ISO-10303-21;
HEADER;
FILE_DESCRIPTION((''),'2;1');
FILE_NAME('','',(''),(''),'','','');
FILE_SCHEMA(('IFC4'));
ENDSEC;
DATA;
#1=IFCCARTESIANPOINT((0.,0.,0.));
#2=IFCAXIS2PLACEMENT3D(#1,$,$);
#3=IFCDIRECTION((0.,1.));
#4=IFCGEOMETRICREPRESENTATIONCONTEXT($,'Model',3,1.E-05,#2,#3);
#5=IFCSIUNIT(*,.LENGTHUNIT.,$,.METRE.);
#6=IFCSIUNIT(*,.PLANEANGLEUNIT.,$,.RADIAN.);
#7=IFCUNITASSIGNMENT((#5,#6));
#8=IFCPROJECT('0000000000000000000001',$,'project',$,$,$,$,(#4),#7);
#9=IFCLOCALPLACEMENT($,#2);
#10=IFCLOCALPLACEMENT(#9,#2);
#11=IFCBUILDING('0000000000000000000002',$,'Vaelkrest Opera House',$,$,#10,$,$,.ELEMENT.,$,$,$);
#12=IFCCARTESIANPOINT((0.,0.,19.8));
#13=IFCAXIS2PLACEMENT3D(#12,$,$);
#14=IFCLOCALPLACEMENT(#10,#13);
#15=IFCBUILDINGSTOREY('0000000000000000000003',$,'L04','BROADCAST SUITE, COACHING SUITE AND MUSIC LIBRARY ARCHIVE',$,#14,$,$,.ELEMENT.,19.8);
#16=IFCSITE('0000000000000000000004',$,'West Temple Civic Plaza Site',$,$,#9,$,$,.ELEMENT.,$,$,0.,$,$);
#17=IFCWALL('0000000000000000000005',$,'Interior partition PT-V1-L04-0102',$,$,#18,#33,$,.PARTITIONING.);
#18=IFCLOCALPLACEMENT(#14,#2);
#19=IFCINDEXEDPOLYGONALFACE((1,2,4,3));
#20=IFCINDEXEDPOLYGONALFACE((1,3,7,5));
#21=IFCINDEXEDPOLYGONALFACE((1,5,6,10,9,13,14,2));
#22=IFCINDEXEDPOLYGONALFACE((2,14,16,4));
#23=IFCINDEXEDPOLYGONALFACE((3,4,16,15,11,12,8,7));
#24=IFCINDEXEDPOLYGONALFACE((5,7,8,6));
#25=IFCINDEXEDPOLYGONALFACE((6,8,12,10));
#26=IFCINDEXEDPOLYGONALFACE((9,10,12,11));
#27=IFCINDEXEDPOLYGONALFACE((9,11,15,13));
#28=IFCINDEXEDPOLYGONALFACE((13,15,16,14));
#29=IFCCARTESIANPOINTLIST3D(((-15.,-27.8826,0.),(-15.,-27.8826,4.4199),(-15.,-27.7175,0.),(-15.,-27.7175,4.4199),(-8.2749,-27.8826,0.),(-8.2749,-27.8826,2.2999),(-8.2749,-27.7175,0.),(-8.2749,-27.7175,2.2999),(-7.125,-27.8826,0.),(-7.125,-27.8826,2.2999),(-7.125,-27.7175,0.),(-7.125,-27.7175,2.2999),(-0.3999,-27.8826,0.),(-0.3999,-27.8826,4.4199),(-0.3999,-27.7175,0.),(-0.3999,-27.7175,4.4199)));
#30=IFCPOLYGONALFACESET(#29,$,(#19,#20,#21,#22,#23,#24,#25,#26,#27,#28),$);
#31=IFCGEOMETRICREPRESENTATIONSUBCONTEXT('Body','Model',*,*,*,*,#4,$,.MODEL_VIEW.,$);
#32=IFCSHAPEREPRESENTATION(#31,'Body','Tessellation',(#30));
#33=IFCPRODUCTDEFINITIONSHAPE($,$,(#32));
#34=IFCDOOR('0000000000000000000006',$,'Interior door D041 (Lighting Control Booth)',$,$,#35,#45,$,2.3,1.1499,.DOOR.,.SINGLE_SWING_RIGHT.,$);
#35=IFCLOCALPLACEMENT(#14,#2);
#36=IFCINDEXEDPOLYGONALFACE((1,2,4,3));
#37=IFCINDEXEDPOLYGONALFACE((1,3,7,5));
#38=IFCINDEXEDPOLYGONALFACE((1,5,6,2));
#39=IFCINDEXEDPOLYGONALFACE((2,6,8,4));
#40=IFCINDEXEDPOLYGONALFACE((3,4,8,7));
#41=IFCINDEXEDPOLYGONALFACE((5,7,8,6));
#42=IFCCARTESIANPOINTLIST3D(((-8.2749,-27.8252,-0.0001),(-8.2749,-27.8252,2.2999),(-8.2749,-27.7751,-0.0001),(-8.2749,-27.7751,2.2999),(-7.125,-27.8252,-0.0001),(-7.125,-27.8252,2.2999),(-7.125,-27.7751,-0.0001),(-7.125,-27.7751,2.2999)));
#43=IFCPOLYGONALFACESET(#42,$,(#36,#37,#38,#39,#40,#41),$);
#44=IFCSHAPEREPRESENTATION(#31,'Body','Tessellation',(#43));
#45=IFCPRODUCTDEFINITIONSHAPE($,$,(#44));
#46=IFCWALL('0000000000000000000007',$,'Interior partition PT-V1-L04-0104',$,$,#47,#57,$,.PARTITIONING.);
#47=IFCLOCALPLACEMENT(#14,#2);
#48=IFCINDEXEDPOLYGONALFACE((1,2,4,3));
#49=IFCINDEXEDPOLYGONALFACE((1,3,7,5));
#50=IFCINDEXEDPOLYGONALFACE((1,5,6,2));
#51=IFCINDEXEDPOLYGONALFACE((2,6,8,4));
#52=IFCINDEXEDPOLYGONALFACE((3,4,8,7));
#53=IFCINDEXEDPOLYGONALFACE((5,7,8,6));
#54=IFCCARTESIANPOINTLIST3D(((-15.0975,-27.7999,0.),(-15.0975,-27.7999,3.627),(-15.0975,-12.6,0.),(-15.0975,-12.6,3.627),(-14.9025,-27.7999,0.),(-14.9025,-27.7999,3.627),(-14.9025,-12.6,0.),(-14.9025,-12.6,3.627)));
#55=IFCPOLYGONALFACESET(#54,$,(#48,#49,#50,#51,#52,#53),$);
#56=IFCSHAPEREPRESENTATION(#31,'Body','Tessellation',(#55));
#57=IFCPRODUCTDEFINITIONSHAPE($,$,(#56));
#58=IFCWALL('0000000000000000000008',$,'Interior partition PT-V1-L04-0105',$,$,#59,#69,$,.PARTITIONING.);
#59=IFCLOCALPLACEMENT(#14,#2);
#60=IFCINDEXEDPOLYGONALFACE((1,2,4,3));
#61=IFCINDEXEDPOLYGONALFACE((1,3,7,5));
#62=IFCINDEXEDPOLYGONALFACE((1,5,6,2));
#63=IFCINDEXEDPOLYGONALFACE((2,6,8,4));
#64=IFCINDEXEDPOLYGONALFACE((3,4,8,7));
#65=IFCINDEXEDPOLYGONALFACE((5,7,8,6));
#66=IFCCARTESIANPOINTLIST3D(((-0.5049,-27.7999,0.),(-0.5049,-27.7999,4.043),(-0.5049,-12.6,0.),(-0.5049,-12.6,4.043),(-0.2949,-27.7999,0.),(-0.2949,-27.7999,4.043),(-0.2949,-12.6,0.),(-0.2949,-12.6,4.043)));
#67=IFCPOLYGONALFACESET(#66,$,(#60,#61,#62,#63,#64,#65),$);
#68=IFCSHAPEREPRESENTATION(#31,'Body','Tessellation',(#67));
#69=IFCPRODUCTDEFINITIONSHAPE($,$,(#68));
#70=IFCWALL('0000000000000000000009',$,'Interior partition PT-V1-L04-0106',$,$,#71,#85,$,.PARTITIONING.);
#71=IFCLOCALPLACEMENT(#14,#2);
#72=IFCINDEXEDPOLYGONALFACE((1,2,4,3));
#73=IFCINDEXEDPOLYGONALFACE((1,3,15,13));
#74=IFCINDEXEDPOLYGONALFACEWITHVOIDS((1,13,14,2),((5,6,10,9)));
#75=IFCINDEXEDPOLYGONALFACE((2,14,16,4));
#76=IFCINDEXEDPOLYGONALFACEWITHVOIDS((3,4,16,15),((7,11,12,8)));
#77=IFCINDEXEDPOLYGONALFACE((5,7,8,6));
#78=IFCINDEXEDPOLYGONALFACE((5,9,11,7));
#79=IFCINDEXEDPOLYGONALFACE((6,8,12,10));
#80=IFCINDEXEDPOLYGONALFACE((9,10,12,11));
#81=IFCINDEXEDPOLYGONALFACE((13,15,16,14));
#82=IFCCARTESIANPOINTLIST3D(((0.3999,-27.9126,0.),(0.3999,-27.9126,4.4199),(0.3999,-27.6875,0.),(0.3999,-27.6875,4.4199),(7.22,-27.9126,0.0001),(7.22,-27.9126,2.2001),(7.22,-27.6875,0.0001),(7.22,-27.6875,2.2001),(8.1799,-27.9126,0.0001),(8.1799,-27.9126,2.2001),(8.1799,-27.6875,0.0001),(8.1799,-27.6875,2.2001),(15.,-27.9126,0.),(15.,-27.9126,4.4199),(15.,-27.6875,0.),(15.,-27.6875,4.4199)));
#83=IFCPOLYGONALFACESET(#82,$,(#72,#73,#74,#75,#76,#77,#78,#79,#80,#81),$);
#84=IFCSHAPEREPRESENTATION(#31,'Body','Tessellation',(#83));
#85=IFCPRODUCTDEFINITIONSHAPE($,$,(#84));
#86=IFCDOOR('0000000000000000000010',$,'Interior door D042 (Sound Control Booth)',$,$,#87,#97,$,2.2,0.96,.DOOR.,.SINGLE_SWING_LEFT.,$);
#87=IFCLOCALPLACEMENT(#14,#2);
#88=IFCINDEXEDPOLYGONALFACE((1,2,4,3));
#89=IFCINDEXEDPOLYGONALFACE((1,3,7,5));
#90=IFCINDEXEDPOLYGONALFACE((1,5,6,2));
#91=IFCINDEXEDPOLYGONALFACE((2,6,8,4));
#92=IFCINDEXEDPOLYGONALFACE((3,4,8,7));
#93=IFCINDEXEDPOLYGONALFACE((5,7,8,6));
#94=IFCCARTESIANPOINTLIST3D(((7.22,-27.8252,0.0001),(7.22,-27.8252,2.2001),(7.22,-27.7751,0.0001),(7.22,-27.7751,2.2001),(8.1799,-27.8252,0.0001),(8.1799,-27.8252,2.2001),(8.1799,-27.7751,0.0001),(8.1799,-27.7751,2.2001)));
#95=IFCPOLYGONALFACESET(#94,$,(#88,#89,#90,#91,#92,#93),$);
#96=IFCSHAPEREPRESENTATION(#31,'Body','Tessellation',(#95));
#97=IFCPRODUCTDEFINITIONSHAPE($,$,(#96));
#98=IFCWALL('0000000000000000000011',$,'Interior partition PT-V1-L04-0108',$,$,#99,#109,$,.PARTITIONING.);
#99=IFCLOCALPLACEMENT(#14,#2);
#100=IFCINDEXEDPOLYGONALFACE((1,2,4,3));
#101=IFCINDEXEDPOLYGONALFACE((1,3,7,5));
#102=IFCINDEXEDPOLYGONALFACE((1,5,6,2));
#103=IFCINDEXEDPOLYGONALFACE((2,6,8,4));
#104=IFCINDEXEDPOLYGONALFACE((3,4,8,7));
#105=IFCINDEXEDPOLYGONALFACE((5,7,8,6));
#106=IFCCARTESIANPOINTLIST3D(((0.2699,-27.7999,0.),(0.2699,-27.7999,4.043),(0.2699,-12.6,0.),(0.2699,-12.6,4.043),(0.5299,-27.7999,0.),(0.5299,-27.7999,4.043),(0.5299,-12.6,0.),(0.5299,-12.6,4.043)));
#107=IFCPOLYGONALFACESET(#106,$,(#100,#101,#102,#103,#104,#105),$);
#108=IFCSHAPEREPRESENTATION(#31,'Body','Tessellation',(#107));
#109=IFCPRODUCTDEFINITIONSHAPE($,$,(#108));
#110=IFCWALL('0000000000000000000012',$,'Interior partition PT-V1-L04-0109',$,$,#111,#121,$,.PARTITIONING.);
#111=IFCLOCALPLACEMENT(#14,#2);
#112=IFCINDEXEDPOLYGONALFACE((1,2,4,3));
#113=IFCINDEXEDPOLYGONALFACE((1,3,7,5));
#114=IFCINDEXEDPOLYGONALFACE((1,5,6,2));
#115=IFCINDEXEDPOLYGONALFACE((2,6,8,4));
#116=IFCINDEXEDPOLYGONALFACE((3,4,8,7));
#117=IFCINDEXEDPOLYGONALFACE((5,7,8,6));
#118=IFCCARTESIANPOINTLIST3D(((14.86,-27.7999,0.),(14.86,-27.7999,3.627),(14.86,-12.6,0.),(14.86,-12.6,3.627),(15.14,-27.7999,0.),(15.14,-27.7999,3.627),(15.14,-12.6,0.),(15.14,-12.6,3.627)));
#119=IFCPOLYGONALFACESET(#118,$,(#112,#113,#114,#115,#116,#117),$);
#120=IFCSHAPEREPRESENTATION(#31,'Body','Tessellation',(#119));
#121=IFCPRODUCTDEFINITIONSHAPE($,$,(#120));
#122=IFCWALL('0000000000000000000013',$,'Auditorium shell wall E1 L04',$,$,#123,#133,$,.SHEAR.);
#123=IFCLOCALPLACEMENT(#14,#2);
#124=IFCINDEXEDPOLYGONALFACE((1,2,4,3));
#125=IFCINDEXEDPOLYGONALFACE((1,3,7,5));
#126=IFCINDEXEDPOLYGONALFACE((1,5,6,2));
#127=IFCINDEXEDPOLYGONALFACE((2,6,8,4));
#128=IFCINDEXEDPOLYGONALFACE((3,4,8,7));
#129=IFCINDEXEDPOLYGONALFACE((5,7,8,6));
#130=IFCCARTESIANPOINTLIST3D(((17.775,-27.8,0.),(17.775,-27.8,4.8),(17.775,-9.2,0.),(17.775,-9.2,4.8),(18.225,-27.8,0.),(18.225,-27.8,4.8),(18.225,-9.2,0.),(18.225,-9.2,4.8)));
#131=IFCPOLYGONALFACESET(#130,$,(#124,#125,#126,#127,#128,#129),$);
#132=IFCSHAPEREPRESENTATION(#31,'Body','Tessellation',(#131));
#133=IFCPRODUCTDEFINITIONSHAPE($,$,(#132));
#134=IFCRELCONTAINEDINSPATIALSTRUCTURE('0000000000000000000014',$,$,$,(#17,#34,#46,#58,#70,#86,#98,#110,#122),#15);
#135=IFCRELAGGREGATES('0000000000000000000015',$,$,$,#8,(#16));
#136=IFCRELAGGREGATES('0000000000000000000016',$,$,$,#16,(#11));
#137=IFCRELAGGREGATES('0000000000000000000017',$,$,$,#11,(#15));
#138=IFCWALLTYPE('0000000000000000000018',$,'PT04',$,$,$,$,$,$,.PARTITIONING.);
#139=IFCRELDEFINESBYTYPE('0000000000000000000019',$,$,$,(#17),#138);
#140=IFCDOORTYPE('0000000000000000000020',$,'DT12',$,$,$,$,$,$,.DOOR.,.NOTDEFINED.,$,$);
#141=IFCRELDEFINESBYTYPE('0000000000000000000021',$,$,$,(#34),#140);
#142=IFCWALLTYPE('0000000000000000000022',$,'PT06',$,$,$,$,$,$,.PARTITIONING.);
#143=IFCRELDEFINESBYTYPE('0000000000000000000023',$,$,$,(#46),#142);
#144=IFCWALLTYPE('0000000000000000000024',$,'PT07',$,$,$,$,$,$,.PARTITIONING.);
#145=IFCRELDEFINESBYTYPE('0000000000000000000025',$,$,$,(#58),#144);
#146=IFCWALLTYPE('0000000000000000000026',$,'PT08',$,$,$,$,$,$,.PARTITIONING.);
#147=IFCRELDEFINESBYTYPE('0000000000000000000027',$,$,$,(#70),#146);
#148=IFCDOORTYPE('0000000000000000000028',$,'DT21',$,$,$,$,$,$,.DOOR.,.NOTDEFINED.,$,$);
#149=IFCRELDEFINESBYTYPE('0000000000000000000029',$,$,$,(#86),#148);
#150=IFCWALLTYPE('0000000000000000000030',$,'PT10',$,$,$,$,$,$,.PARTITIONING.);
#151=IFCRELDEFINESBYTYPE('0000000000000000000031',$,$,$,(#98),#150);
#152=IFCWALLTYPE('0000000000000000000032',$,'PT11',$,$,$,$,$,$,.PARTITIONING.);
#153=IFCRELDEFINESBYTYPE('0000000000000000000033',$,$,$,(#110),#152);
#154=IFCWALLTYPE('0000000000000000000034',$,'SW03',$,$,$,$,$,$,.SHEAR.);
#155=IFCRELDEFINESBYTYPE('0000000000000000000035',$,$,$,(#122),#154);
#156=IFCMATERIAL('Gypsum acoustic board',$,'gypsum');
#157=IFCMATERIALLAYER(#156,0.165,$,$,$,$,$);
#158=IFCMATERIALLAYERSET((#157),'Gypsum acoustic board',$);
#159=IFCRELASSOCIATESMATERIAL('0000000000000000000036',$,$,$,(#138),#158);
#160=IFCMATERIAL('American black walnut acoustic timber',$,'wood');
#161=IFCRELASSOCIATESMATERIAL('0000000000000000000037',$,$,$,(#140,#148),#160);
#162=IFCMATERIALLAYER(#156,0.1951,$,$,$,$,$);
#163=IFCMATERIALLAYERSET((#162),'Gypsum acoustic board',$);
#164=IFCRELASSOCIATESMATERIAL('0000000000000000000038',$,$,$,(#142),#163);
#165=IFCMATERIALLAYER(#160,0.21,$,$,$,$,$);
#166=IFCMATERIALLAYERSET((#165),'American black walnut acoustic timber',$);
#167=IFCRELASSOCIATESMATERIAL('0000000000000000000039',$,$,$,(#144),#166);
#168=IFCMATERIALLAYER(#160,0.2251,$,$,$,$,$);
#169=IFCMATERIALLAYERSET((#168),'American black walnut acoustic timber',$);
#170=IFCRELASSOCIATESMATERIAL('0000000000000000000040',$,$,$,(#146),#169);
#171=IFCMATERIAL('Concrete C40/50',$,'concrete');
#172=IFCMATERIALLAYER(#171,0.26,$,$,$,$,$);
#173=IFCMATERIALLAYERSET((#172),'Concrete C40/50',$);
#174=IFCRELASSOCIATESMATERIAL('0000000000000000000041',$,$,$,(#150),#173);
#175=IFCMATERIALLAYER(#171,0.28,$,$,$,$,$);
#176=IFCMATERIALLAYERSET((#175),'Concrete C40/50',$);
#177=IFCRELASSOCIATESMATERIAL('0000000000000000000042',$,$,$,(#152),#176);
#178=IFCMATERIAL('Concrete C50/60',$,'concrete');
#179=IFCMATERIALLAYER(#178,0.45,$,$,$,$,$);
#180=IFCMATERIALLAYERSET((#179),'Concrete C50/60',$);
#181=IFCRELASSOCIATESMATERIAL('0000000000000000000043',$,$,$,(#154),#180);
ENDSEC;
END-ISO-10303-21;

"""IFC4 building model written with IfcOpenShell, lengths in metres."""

from ifc_helpers import new_model, si_unit, direction, frame, frame_2d, origin, place, context, subcontext, project, spatial, rectangle, extrude, material, layer, layer_set, type_object, element, fill, save


model = new_model("IFC4")

# Units and contexts
model_context = context("Model", 3, precision=1e-05, world=origin(), true_north=direction((0.0, 1.0)))
body_context = subcontext(model_context, "Body", "Model", "MODEL_VIEW")
ifc_project = project(units=[si_unit("LENGTHUNIT", "METRE"), si_unit("PLANEANGLEUNIT", "RADIAN")], contexts=[model_context])

# Site, building, storey
site_placement = place(None, origin())
site = spatial("IfcSite", under=ifc_project, at=site_placement, Name="West Temple Civic Plaza Site", CompositionType="ELEMENT", RefElevation=0.0)
building_placement = place(site_placement, origin())
building = spatial("IfcBuilding", under=site, at=building_placement, Name="Vaelkrest Opera House", CompositionType="ELEMENT")
storey_placement = place(building_placement, frame((0.0, 0.0, 19.8)))
storey = spatial("IfcBuildingStorey", under=building, at=storey_placement, Name="L04", Description="BROADCAST SUITE, COACHING SUITE AND MUSIC LIBRARY ARCHIVE", CompositionType="ELEMENT", Elevation=19.8)

# Shared definitions
ifc_material_1 = material(Name="Concrete C50/60", Category="concrete")

# Wall, opening, door
ifc_material_2 = material(Name="Gypsum acoustic board", Category="gypsum")
ifc_layer_1 = layer(ifc_material_2, 0.165)
ifc_layer_set_1 = layer_set([ifc_layer_1], Name="Gypsum acoustic board")
wall_type_1 = type_object("IfcWallType", Name="PT04", PredefinedType="PARTITIONING", material=ifc_layer_set_1)
wall_1_placement = place(storey_placement, frame((-15.0, -27.8, 0.0), z_axis=(0.0, 0.0, 1.0), x_axis=(1.0, 0.0, 0.0)))
wall_1 = element("IfcWall", 1, at=wall_1_placement, inside=storey, type_object=wall_type_1, Name="Interior partition PT-V1-L04-0102", PredefinedType="PARTITIONING", context=body_context, shape_type="SweptSolid", body=[
    extrude(rectangle(XDim=14.6001, YDim=0.165, at=frame_2d((7.3, 0.0))), origin(), (0.0, 0.0, 1.0), 4.4199),
])
opening_1_placement = place(wall_1_placement, frame((6.7251, 0.0, 0.0)))
opening_1 = element("IfcOpeningElement", 2, at=opening_1_placement, cuts=wall_1, PredefinedType="OPENING", context=body_context, shape_type="SweptSolid", body=[
    extrude(rectangle(XDim=1.1499, YDim=2.3, at=frame_2d((0.575, 1.1499))), frame((0.0, 0.0925, 0.0), z_axis=(0.0, -1.0, 0.0), x_axis=(1.0, 0.0, 0.0)), (0.0, 0.0, 1.0), 0.1851),
])
ifc_material_3 = material(Name="American black walnut acoustic timber", Category="wood")
door_type_1 = type_object("IfcDoorType", Name="DT12", OperationType="NOTDEFINED", PredefinedType="DOOR", material=ifc_material_3)
door_1_placement = place(opening_1_placement, origin())
door_1 = element("IfcDoor", 3, at=door_1_placement, inside=storey, type_object=door_type_1, Name="Interior door D041 (Lighting Control Booth)", OperationType="SINGLE_SWING_RIGHT", OverallHeight=2.3, OverallWidth=1.1499, PredefinedType="DOOR", context=body_context, shape_type="SweptSolid", body=[
    extrude(rectangle(XDim=1.1499, YDim=2.3, at=frame_2d((0.575, 1.1499))), frame((0.0, 0.0249, 0.0), z_axis=(0.0, -1.0, 0.0), x_axis=(1.0, 0.0, 0.0)), (0.0, 0.0, 1.0), 0.05),
])
fill(opening_1, door_1)

# Walls
ifc_layer_2 = layer(ifc_material_2, 0.1951)
ifc_layer_set_2 = layer_set([ifc_layer_2], Name="Gypsum acoustic board")
wall_type_2 = type_object("IfcWallType", Name="PT06", PredefinedType="PARTITIONING", material=ifc_layer_set_2)
wall_2_placement = place(storey_placement, frame((-15.0, -27.8, 0.0), z_axis=(0.0, 0.0, 1.0), x_axis=(0.0, 1.0, 0.0)))
element("IfcWall", 4, at=wall_2_placement, inside=storey, type_object=wall_type_2, Name="Interior partition PT-V1-L04-0104", PredefinedType="PARTITIONING", context=body_context, shape_type="SweptSolid", body=[
    extrude(rectangle(XDim=15.2, YDim=0.1951, at=frame_2d((7.6001, 0.0))), origin(), (0.0, 0.0, 1.0), 3.627),
])
ifc_layer_3 = layer(ifc_material_3, 0.21)
ifc_layer_set_3 = layer_set([ifc_layer_3], Name="American black walnut acoustic timber")
wall_type_3 = type_object("IfcWallType", Name="PT07", PredefinedType="PARTITIONING", material=ifc_layer_set_3)
wall_3_placement = place(storey_placement, frame((-0.3999, -27.8, 0.0), z_axis=(0.0, 0.0, 1.0), x_axis=(0.0, 1.0, 0.0)))
element("IfcWall", 5, at=wall_3_placement, inside=storey, type_object=wall_type_3, Name="Interior partition PT-V1-L04-0105", PredefinedType="PARTITIONING", context=body_context, shape_type="SweptSolid", body=[
    extrude(rectangle(XDim=15.2, YDim=0.21, at=frame_2d((7.6001, 0.0))), origin(), (0.0, 0.0, 1.0), 4.043),
])

# Wall, opening, door
ifc_layer_4 = layer(ifc_material_3, 0.2251)
ifc_layer_set_4 = layer_set([ifc_layer_4], Name="American black walnut acoustic timber")
wall_type_4 = type_object("IfcWallType", Name="PT08", PredefinedType="PARTITIONING", material=ifc_layer_set_4)
wall_4_placement = place(storey_placement, frame((0.3999, -27.8, 0.0), z_axis=(0.0, 0.0, 1.0), x_axis=(1.0, 0.0, 0.0)))
wall_4 = element("IfcWall", 6, at=wall_4_placement, inside=storey, type_object=wall_type_4, Name="Interior partition PT-V1-L04-0106", PredefinedType="PARTITIONING", context=body_context, shape_type="SweptSolid", body=[
    extrude(rectangle(XDim=14.6001, YDim=0.2251, at=frame_2d((7.3, 0.0))), origin(), (0.0, 0.0, 1.0), 4.4199),
])
opening_2_placement = place(wall_4_placement, frame((6.8201, 0.0, 0.0)))
opening_2 = element("IfcOpeningElement", 7, at=opening_2_placement, cuts=wall_4, PredefinedType="OPENING", context=body_context, shape_type="SweptSolid", body=[
    extrude(rectangle(XDim=0.96, YDim=2.2, at=frame_2d((0.48, 1.1001))), frame((0.0, 0.1226, 0.0), z_axis=(0.0, -1.0, 0.0), x_axis=(1.0, 0.0, 0.0)), (0.0, 0.0, 1.0), 0.2451),
])
door_type_2 = type_object("IfcDoorType", Name="DT21", OperationType="NOTDEFINED", PredefinedType="DOOR", material=ifc_material_3)
door_2_placement = place(opening_2_placement, origin())
door_2 = element("IfcDoor", 8, at=door_2_placement, inside=storey, type_object=door_type_2, Name="Interior door D042 (Sound Control Booth)", OperationType="SINGLE_SWING_LEFT", OverallHeight=2.2, OverallWidth=0.96, PredefinedType="DOOR", context=body_context, shape_type="SweptSolid", body=[
    extrude(rectangle(XDim=0.96, YDim=2.2, at=frame_2d((0.48, 1.1001))), frame((0.0, 0.0249, 0.0), z_axis=(0.0, -1.0, 0.0), x_axis=(1.0, 0.0, 0.0)), (0.0, 0.0, 1.0), 0.05),
])
fill(opening_2, door_2)

# Walls
ifc_material_4 = material(Name="Concrete C40/50", Category="concrete")
ifc_layer_5 = layer(ifc_material_4, 0.26)
ifc_layer_set_5 = layer_set([ifc_layer_5], Name="Concrete C40/50")
wall_type_5 = type_object("IfcWallType", Name="PT10", PredefinedType="PARTITIONING", material=ifc_layer_set_5)
wall_5_placement = place(storey_placement, frame((0.3999, -27.8, 0.0), z_axis=(0.0, 0.0, 1.0), x_axis=(0.0, 1.0, 0.0)))
element("IfcWall", 9, at=wall_5_placement, inside=storey, type_object=wall_type_5, Name="Interior partition PT-V1-L04-0108", PredefinedType="PARTITIONING", context=body_context, shape_type="SweptSolid", body=[
    extrude(rectangle(XDim=15.2, YDim=0.26, at=frame_2d((7.6001, 0.0))), origin(), (0.0, 0.0, 1.0), 4.043),
])
ifc_layer_6 = layer(ifc_material_4, 0.28)
ifc_layer_set_6 = layer_set([ifc_layer_6], Name="Concrete C40/50")
wall_type_6 = type_object("IfcWallType", Name="PT11", PredefinedType="PARTITIONING", material=ifc_layer_set_6)
wall_6_placement = place(storey_placement, frame((15.0, -27.8, 0.0), z_axis=(0.0, 0.0, 1.0), x_axis=(0.0, 1.0, 0.0)))
element("IfcWall", 10, at=wall_6_placement, inside=storey, type_object=wall_type_6, Name="Interior partition PT-V1-L04-0109", PredefinedType="PARTITIONING", context=body_context, shape_type="SweptSolid", body=[
    extrude(rectangle(XDim=15.2, YDim=0.28, at=frame_2d((7.6001, 0.0))), origin(), (0.0, 0.0, 1.0), 3.627),
])
ifc_layer_7 = layer(ifc_material_1, 0.45)
ifc_layer_set_7 = layer_set([ifc_layer_7], Name="Concrete C50/60")
wall_type_7 = type_object("IfcWallType", Name="SW03", PredefinedType="SHEAR", material=ifc_layer_set_7)
wall_7_placement = place(storey_placement, frame((18.0, -27.8, 0.0), z_axis=(0.0, 0.0, 1.0), x_axis=(0.0, 1.0, 0.0)))
element("IfcWall", 11, at=wall_7_placement, inside=storey, type_object=wall_type_7, Name="Auditorium shell wall E1 L04", PredefinedType="SHEAR", context=body_context, shape_type="SweptSolid", body=[
    extrude(rectangle(XDim=18.6001, YDim=0.45, at=frame_2d((9.3, 0.0))), origin(), (0.0, 0.0, 1.0), 4.8),
])

save(model, "model.ifc")
